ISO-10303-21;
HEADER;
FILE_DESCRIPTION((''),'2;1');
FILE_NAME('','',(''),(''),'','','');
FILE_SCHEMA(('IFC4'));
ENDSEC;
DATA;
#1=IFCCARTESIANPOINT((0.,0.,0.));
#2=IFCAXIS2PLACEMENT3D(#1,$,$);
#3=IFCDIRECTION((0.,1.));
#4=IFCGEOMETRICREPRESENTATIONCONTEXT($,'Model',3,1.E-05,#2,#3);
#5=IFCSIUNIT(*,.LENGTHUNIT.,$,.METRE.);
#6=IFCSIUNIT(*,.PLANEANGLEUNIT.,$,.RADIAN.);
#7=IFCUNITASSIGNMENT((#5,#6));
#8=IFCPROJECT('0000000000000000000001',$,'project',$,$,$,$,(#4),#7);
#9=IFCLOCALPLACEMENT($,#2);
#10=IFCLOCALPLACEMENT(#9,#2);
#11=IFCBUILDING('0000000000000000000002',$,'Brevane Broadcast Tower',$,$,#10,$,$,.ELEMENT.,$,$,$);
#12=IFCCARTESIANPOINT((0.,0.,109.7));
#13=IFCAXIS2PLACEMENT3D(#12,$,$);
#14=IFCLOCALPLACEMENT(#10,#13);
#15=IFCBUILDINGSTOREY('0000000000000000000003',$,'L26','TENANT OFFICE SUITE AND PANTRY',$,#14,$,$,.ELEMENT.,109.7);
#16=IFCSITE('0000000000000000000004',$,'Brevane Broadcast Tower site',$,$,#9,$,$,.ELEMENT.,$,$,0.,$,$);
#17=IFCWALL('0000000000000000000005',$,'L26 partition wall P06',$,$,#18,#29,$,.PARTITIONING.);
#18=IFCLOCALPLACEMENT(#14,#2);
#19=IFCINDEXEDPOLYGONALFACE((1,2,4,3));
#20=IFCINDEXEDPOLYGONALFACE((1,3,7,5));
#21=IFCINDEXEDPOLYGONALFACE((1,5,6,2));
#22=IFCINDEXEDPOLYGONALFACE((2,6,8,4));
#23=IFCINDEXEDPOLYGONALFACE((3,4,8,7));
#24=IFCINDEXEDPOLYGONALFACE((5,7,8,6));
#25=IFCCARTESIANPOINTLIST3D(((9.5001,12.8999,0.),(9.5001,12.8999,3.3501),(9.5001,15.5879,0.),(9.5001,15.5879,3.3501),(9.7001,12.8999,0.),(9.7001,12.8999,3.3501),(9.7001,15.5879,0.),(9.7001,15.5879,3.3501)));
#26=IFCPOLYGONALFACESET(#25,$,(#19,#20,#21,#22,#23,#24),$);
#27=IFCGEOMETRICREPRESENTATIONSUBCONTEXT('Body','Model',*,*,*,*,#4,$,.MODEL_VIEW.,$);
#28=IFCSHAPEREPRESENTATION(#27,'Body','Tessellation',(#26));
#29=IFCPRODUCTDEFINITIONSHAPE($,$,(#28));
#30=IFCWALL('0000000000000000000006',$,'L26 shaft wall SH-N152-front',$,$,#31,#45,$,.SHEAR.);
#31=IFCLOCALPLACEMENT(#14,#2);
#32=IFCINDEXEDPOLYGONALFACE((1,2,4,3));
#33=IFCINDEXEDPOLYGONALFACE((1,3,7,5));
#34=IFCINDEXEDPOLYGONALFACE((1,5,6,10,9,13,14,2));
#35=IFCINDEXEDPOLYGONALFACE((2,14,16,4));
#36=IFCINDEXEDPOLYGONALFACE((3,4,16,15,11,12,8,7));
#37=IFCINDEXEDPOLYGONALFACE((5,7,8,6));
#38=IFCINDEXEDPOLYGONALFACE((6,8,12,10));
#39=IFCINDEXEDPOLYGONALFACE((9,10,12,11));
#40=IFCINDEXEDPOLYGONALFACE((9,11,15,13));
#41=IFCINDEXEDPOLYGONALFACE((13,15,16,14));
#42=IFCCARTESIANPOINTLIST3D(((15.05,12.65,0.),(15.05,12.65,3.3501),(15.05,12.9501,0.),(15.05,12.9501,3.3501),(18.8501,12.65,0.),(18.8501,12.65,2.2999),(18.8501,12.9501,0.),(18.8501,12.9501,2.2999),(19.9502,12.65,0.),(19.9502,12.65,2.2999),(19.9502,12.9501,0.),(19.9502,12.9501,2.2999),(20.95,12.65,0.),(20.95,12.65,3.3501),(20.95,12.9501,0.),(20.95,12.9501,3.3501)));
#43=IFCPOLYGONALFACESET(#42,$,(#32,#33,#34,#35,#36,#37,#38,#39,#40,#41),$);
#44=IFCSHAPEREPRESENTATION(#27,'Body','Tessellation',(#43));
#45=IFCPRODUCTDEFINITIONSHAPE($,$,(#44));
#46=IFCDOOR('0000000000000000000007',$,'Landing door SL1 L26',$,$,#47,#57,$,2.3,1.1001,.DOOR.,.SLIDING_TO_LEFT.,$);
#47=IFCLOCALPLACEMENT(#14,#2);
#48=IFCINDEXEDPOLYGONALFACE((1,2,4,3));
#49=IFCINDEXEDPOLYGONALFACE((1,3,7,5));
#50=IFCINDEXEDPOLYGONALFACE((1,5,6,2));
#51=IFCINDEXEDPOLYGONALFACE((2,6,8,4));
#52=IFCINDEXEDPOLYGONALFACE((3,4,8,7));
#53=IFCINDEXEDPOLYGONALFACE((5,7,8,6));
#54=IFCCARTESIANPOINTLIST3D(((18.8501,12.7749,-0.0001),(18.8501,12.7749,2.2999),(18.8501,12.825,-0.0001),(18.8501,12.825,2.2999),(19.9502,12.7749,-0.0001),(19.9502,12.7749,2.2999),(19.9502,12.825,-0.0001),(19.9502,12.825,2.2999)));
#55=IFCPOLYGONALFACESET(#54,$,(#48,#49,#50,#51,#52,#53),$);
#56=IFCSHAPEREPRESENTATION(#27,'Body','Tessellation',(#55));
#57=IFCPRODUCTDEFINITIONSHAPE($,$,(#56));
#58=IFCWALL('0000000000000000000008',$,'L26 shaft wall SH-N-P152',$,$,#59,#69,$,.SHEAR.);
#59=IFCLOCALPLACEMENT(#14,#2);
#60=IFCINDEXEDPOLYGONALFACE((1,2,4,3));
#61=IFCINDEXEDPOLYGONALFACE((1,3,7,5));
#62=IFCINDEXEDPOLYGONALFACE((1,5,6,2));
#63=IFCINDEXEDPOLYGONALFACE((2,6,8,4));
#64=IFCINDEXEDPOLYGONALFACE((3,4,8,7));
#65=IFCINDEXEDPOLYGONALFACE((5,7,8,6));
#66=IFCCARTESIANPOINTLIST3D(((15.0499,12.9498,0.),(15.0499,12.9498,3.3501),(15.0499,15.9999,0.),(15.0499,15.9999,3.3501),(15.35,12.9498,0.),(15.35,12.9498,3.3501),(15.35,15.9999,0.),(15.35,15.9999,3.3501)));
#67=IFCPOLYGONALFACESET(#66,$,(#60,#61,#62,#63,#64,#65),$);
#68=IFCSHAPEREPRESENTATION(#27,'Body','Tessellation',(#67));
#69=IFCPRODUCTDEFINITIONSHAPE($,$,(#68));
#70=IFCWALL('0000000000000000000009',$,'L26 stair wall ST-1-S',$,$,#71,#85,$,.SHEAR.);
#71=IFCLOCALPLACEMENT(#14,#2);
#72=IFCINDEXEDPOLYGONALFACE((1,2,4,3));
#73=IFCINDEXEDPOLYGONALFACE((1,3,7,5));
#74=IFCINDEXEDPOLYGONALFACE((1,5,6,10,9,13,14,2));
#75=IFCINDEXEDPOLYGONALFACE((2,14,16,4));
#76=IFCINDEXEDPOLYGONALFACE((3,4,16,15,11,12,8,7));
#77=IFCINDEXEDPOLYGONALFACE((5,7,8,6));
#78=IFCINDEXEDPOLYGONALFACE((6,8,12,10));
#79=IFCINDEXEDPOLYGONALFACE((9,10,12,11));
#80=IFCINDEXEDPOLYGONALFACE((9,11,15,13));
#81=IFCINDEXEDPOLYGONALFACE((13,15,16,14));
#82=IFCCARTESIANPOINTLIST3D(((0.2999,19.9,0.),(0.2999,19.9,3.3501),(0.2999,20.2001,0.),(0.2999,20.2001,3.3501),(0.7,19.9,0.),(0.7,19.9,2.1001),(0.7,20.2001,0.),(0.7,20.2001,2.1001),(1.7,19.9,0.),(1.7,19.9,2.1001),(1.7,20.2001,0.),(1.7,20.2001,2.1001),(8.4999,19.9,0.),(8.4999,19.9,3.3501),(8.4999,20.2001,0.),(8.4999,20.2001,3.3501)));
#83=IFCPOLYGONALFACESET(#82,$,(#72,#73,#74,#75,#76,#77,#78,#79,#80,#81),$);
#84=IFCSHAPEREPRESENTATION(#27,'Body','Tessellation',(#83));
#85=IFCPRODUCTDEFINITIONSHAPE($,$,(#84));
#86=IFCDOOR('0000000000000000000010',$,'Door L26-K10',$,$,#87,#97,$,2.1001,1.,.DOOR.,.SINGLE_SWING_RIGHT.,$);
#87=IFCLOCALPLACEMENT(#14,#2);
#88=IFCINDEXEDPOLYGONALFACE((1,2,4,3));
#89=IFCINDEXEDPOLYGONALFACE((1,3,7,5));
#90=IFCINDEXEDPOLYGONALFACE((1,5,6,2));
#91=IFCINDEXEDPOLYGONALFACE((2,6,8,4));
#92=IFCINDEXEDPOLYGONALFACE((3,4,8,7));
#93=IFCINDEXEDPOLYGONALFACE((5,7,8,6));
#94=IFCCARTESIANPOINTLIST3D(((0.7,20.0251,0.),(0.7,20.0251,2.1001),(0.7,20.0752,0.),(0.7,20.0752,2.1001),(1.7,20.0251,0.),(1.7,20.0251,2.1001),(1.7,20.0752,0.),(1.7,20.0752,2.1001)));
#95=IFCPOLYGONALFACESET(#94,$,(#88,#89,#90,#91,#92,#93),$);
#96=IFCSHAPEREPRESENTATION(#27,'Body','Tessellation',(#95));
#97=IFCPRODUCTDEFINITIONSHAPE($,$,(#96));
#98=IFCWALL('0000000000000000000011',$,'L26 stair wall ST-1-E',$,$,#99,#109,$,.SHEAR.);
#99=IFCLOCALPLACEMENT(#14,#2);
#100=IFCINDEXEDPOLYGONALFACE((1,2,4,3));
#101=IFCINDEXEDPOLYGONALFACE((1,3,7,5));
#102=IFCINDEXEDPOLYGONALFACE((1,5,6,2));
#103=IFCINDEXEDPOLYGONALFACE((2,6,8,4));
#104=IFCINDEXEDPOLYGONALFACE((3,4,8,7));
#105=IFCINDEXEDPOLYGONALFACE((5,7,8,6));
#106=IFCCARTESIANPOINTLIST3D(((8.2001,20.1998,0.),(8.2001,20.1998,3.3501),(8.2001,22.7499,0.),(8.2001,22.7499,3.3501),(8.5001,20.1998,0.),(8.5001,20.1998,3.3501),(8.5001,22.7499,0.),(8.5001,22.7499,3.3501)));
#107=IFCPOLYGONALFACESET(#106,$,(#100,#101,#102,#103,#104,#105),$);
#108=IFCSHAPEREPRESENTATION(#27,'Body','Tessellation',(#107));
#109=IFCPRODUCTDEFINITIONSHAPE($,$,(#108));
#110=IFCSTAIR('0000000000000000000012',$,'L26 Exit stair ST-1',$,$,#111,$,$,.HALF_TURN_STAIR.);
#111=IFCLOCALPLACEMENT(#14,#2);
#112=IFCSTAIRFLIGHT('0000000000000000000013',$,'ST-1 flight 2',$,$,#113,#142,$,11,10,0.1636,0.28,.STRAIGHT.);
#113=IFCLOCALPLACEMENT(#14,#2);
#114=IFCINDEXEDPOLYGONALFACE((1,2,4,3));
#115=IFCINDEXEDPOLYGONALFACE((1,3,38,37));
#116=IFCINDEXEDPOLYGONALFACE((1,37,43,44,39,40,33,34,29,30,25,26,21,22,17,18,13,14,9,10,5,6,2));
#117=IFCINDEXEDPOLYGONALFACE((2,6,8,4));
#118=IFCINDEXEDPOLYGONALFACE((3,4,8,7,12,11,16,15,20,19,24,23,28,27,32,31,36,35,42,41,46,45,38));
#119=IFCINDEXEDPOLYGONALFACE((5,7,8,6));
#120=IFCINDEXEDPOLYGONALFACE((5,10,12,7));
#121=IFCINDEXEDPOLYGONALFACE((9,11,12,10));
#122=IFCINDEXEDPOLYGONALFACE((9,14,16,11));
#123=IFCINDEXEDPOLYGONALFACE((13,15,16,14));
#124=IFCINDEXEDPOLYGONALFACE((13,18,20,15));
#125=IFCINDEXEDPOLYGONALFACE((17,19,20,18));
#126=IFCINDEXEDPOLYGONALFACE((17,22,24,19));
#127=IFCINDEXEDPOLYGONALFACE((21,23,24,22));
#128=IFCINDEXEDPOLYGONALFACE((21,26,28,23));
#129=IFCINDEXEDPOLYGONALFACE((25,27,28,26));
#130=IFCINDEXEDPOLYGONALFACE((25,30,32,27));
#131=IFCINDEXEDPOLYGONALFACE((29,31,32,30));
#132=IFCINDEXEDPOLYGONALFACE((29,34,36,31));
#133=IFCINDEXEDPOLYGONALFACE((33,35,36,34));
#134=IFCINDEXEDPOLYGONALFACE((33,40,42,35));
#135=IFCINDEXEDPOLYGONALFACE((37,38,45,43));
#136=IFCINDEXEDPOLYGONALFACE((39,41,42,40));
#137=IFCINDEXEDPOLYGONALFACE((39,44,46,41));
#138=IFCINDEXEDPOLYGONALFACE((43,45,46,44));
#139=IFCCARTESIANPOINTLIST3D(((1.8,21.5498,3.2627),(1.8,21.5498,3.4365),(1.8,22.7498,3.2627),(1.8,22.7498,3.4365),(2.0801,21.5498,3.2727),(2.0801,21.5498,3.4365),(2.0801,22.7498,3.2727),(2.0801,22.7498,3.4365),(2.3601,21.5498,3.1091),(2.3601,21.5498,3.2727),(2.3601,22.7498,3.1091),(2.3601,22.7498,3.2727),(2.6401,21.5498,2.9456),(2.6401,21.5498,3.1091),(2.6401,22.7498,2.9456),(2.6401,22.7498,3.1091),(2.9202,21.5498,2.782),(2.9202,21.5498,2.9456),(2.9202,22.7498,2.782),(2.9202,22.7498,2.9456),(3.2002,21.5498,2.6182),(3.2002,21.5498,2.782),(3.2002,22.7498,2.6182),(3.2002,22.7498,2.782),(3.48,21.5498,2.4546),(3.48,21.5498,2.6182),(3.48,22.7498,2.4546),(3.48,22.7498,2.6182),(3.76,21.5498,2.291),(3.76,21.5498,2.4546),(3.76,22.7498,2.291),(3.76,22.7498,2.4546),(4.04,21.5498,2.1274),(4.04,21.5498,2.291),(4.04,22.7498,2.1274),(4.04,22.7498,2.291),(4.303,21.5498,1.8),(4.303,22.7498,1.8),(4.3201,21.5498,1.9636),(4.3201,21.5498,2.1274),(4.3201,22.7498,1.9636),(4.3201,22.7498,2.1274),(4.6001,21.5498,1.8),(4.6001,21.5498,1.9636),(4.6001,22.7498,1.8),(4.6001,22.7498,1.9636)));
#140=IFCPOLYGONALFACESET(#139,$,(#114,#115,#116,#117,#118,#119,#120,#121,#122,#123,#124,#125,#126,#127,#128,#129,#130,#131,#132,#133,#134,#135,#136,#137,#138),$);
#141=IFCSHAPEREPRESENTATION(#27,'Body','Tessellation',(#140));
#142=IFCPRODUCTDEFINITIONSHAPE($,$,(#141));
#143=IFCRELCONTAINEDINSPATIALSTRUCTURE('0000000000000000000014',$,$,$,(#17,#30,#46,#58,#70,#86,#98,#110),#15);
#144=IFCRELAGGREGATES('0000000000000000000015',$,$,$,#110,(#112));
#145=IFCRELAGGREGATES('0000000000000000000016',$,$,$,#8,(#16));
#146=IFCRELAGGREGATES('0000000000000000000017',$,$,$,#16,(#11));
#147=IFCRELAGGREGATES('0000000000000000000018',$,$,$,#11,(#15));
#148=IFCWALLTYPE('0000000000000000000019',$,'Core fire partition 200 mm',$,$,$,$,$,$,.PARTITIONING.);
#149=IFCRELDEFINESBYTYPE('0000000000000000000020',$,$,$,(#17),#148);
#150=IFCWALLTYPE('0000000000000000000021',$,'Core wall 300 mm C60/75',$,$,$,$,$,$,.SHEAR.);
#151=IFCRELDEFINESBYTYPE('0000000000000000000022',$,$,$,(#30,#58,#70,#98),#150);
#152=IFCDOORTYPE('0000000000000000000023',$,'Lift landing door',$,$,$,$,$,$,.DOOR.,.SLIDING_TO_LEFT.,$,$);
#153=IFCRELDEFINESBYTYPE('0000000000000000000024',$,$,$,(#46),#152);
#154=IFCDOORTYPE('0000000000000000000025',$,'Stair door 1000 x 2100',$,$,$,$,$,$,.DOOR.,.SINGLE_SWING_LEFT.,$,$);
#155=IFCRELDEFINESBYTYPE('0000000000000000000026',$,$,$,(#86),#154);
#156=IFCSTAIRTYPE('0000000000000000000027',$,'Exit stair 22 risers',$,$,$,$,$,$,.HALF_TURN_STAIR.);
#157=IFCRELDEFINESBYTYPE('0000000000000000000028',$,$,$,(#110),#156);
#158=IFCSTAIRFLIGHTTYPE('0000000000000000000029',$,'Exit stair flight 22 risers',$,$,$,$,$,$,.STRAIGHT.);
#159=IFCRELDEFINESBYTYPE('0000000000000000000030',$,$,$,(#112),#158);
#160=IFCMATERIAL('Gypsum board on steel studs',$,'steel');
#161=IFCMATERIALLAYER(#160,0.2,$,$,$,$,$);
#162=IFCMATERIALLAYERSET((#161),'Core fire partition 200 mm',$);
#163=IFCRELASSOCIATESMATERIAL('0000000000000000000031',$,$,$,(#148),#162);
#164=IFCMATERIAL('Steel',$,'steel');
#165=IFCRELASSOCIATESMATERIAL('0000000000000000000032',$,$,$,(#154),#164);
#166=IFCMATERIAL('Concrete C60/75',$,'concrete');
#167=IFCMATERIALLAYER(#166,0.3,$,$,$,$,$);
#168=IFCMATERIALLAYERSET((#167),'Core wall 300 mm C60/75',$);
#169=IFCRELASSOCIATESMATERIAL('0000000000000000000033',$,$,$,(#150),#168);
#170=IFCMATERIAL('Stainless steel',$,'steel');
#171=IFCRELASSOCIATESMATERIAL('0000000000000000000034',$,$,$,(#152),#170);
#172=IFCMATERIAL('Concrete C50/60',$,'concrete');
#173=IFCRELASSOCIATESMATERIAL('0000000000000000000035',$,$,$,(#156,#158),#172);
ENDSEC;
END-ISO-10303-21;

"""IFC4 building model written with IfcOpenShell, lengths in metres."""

from ifc_helpers import new_model, si_unit, direction, frame, frame_2d, origin, place, context, subcontext, project, spatial, polyline, rectangle, outline, extrude, material, layer, layer_set, type_object, element, fill, aggregate, save


model = new_model("IFC4")

# Units and contexts
model_context = context("Model", 3, precision=1e-05, world=origin(), true_north=direction((0.0, 1.0)))
body_context = subcontext(model_context, "Body", "Model", "MODEL_VIEW")
ifc_project = project(units=[si_unit("LENGTHUNIT", "METRE"), si_unit("PLANEANGLEUNIT", "RADIAN")], contexts=[model_context])

# Site, building, storey
site_placement = place(None, origin())
site = spatial("IfcSite", under=ifc_project, at=site_placement, Name="Brevane Broadcast Tower site", CompositionType="ELEMENT", RefElevation=0.0)
building_placement = place(site_placement, origin())
building = spatial("IfcBuilding", under=site, at=building_placement, Name="Brevane Broadcast Tower", CompositionType="ELEMENT")
storey_placement = place(building_placement, frame((0.0, 0.0, 109.7)))
storey = spatial("IfcBuildingStorey", under=building, at=storey_placement, Name="L26", Description="TENANT OFFICE SUITE AND PANTRY", CompositionType="ELEMENT", Elevation=109.7)

# Shared definitions
ifc_material_1 = material(Name="Gypsum board on steel studs", Category="steel")
ifc_material_2 = material(Name="Steel", Category="steel")

# Shared definitions
ifc_layer_1 = layer(ifc_material_1, 0.2)
ifc_layer_set_1 = layer_set([ifc_layer_1], Name="Core fire partition 200 mm")
wall_type_1 = type_object("IfcWallType", Name="Core fire partition 200 mm", PredefinedType="PARTITIONING", material=ifc_layer_set_1)
door_type_1 = type_object("IfcDoorType", Name="Stair door 1000 x 2100", OperationType="SINGLE_SWING_LEFT", PredefinedType="DOOR", material=ifc_material_2)

# Wall
wall_1_placement = place(storey_placement, frame((9.6001, 15.5879, 0.0), z_axis=(0.0, 0.0, 1.0), x_axis=(0.0, -1.0, 0.0)))
element("IfcWall", 1, at=wall_1_placement, inside=storey, type_object=wall_type_1, Name="L26 partition wall P06", PredefinedType="PARTITIONING", context=body_context, shape_type="SweptSolid", body=[
    extrude(rectangle(XDim=2.688, YDim=0.2, at=frame_2d((1.344, 0.0))), origin(), (0.0, 0.0, 1.0), 3.3501),
])

# Wall, opening, door
ifc_material_3 = material(Name="Concrete C60/75", Category="concrete")
ifc_layer_2 = layer(ifc_material_3, 0.3)
ifc_layer_set_2 = layer_set([ifc_layer_2], Name="Core wall 300 mm C60/75")
wall_type_2 = type_object("IfcWallType", Name="Core wall 300 mm C60/75", PredefinedType="SHEAR", material=ifc_layer_set_2)
wall_2_placement = place(storey_placement, frame((15.05, 12.8, 0.0), z_axis=(0.0, 0.0, 1.0), x_axis=(1.0, 0.0, 0.0)))
wall_2 = element("IfcWall", 2, at=wall_2_placement, inside=storey, type_object=wall_type_2, Name="L26 shaft wall SH-N152-front", PredefinedType="SHEAR", context=body_context, shape_type="SweptSolid", body=[
    extrude(rectangle(XDim=5.8999, YDim=0.3, at=frame_2d((2.95, 0.0))), origin(), (0.0, 0.0, 1.0), 3.3501),
])
opening_1_placement = place(wall_2_placement, frame((3.8, 0.0, 0.0)))
opening_1 = element("IfcOpeningElement", 3, at=opening_1_placement, cuts=wall_2, PredefinedType="OPENING", context=body_context, shape_type="SweptSolid", body=[
    extrude(rectangle(XDim=1.1001, YDim=2.3, at=frame_2d((0.55, 1.1499))), frame((0.0, 0.1599, 0.0), z_axis=(0.0, -1.0, 0.0), x_axis=(1.0, 0.0, 0.0)), (0.0, 0.0, 1.0), 0.3201),
])
ifc_material_4 = material(Name="Stainless steel", Category="steel")
door_type_2 = type_object("IfcDoorType", Name="Lift landing door", OperationType="SLIDING_TO_LEFT", PredefinedType="DOOR", material=ifc_material_4)
door_1_placement = place(opening_1_placement, origin())
door_1 = element("IfcDoor", 4, at=door_1_placement, inside=storey, type_object=door_type_2, Name="Landing door SL1 L26", OperationType="SLIDING_TO_LEFT", OverallHeight=2.3, OverallWidth=1.1001, PredefinedType="DOOR", context=body_context, shape_type="SweptSolid", body=[
    extrude(rectangle(XDim=1.1001, YDim=2.3, at=frame_2d((0.55, 1.1499))), frame((0.0, 0.0249, 0.0), z_axis=(0.0, -1.0, 0.0), x_axis=(1.0, 0.0, 0.0)), (0.0, 0.0, 1.0), 0.05),
])
fill(opening_1, door_1)

# Wall
wall_3_placement = place(storey_placement, frame((15.2, 12.95, 0.0), z_axis=(0.0, 0.0, 1.0), x_axis=(0.0, 1.0, 0.0)))
element("IfcWall", 5, at=wall_3_placement, inside=storey, type_object=wall_type_2, Name="L26 shaft wall SH-N-P152", PredefinedType="SHEAR", context=body_context, shape_type="SweptSolid", body=[
    extrude(rectangle(XDim=3.05, YDim=0.3, at=frame_2d((1.5249, 0.0))), origin(), (0.0, 0.0, 1.0), 3.3501),
])

# Wall, opening, door
wall_4_placement = place(storey_placement, frame((8.5, 20.05, 0.0), z_axis=(0.0, 0.0, 1.0), x_axis=(-1.0, 0.0, 0.0)))
wall_4 = element("IfcWall", 6, at=wall_4_placement, inside=storey, type_object=wall_type_2, Name="L26 stair wall ST-1-S", PredefinedType="SHEAR", context=body_context, shape_type="SweptSolid", body=[
    extrude(rectangle(XDim=8.2, YDim=0.3, at=frame_2d((4.1001, 0.0))), origin(), (0.0, 0.0, 1.0), 3.3501),
])
opening_2_placement = place(wall_4_placement, frame((6.8, 0.0, 0.0)))
opening_2 = element("IfcOpeningElement", 7, at=opening_2_placement, cuts=wall_4, PredefinedType="OPENING", context=body_context, shape_type="SweptSolid", body=[
    extrude(rectangle(XDim=1.0, YDim=2.1001, at=frame_2d((0.5, 1.05))), frame((0.0, 0.1599, 0.0), z_axis=(0.0, -1.0, 0.0), x_axis=(1.0, 0.0, 0.0)), (0.0, 0.0, 1.0), 0.3201),
])
door_2_placement = place(opening_2_placement, origin())
door_2 = element("IfcDoor", 8, at=door_2_placement, inside=storey, type_object=door_type_1, Name="Door L26-K10", OperationType="SINGLE_SWING_RIGHT", OverallHeight=2.1001, OverallWidth=1.0, PredefinedType="DOOR", context=body_context, shape_type="SweptSolid", body=[
    extrude(rectangle(XDim=1.0, YDim=2.1001, at=frame_2d((0.5, 1.05))), frame((0.0, 0.0249, 0.0), z_axis=(0.0, -1.0, 0.0), x_axis=(1.0, 0.0, 0.0)), (0.0, 0.0, 1.0), 0.05),
])
fill(opening_2, door_2)

# Wall
wall_5_placement = place(storey_placement, frame((8.3501, 20.2, 0.0), z_axis=(0.0, 0.0, 1.0), x_axis=(0.0, 1.0, 0.0)))
element("IfcWall", 9, at=wall_5_placement, inside=storey, type_object=wall_type_2, Name="L26 stair wall ST-1-E", PredefinedType="SHEAR", context=body_context, shape_type="SweptSolid", body=[
    extrude(rectangle(XDim=2.55, YDim=0.3, at=frame_2d((1.2749, 0.0))), origin(), (0.0, 0.0, 1.0), 3.3501),
])

# Stair, stair flight
ifc_material_5 = material(Name="Concrete C50/60", Category="concrete")
stair_type = type_object("IfcStairType", Name="Exit stair 22 risers", PredefinedType="HALF_TURN_STAIR", material=ifc_material_5)
stair_placement = place(storey_placement, origin())
stair = element("IfcStair", 10, at=stair_placement, inside=storey, type_object=stair_type, Name="L26 Exit stair ST-1", PredefinedType="HALF_TURN_STAIR")
stair_flight_type = type_object("IfcStairFlightType", Name="Exit stair flight 22 risers", PredefinedType="STRAIGHT", material=ifc_material_5)
stair_flight_placement = place(storey_placement, frame((4.6001, 22.1499, 1.8), z_axis=(0.0, 0.0, 1.0), x_axis=(-1.0, 0.0, 0.0)))
stair_flight = element("IfcStairFlight", 11, at=stair_flight_placement, type_object=stair_flight_type, Name="ST-1 flight 2", NumberOfRisers=11, NumberOfTreads=10, PredefinedType="STRAIGHT", RiserHeight=0.1636, TreadLength=0.28, context=body_context, shape_type="SweptSolid", body=[
    extrude(outline(polyline([(0.0, 0.0), (0.0, 0.1636), (0.28, 0.1636), (0.28, 0.3274), (0.5601, 0.3274), (0.5601, 0.491), (0.8401, 0.491), (0.8401, 0.6545), (1.1201, 0.6545), (1.1201, 0.8181), (1.3999, 0.8181), (1.3999, 0.9819), (1.6799, 0.9819), (1.6799, 1.1455), (1.96, 1.1455), (1.96, 1.3091), (2.24, 1.3091), (2.24, 1.4727), (2.52, 1.4727), (2.52, 1.6365), (2.8, 1.6365), (2.8, 1.8), (2.8, 1.4626), (0.2971, 0.0), (0.0, 0.0)])), frame((0.0, 0.6001, 0.0), z_axis=(0.0, -1.0, 0.0), x_axis=(1.0, 0.0, 0.0)), (0.0, 0.0, 1.0), 1.2),
])
aggregate(stair, [stair_flight])

save(model, "model.ifc")
